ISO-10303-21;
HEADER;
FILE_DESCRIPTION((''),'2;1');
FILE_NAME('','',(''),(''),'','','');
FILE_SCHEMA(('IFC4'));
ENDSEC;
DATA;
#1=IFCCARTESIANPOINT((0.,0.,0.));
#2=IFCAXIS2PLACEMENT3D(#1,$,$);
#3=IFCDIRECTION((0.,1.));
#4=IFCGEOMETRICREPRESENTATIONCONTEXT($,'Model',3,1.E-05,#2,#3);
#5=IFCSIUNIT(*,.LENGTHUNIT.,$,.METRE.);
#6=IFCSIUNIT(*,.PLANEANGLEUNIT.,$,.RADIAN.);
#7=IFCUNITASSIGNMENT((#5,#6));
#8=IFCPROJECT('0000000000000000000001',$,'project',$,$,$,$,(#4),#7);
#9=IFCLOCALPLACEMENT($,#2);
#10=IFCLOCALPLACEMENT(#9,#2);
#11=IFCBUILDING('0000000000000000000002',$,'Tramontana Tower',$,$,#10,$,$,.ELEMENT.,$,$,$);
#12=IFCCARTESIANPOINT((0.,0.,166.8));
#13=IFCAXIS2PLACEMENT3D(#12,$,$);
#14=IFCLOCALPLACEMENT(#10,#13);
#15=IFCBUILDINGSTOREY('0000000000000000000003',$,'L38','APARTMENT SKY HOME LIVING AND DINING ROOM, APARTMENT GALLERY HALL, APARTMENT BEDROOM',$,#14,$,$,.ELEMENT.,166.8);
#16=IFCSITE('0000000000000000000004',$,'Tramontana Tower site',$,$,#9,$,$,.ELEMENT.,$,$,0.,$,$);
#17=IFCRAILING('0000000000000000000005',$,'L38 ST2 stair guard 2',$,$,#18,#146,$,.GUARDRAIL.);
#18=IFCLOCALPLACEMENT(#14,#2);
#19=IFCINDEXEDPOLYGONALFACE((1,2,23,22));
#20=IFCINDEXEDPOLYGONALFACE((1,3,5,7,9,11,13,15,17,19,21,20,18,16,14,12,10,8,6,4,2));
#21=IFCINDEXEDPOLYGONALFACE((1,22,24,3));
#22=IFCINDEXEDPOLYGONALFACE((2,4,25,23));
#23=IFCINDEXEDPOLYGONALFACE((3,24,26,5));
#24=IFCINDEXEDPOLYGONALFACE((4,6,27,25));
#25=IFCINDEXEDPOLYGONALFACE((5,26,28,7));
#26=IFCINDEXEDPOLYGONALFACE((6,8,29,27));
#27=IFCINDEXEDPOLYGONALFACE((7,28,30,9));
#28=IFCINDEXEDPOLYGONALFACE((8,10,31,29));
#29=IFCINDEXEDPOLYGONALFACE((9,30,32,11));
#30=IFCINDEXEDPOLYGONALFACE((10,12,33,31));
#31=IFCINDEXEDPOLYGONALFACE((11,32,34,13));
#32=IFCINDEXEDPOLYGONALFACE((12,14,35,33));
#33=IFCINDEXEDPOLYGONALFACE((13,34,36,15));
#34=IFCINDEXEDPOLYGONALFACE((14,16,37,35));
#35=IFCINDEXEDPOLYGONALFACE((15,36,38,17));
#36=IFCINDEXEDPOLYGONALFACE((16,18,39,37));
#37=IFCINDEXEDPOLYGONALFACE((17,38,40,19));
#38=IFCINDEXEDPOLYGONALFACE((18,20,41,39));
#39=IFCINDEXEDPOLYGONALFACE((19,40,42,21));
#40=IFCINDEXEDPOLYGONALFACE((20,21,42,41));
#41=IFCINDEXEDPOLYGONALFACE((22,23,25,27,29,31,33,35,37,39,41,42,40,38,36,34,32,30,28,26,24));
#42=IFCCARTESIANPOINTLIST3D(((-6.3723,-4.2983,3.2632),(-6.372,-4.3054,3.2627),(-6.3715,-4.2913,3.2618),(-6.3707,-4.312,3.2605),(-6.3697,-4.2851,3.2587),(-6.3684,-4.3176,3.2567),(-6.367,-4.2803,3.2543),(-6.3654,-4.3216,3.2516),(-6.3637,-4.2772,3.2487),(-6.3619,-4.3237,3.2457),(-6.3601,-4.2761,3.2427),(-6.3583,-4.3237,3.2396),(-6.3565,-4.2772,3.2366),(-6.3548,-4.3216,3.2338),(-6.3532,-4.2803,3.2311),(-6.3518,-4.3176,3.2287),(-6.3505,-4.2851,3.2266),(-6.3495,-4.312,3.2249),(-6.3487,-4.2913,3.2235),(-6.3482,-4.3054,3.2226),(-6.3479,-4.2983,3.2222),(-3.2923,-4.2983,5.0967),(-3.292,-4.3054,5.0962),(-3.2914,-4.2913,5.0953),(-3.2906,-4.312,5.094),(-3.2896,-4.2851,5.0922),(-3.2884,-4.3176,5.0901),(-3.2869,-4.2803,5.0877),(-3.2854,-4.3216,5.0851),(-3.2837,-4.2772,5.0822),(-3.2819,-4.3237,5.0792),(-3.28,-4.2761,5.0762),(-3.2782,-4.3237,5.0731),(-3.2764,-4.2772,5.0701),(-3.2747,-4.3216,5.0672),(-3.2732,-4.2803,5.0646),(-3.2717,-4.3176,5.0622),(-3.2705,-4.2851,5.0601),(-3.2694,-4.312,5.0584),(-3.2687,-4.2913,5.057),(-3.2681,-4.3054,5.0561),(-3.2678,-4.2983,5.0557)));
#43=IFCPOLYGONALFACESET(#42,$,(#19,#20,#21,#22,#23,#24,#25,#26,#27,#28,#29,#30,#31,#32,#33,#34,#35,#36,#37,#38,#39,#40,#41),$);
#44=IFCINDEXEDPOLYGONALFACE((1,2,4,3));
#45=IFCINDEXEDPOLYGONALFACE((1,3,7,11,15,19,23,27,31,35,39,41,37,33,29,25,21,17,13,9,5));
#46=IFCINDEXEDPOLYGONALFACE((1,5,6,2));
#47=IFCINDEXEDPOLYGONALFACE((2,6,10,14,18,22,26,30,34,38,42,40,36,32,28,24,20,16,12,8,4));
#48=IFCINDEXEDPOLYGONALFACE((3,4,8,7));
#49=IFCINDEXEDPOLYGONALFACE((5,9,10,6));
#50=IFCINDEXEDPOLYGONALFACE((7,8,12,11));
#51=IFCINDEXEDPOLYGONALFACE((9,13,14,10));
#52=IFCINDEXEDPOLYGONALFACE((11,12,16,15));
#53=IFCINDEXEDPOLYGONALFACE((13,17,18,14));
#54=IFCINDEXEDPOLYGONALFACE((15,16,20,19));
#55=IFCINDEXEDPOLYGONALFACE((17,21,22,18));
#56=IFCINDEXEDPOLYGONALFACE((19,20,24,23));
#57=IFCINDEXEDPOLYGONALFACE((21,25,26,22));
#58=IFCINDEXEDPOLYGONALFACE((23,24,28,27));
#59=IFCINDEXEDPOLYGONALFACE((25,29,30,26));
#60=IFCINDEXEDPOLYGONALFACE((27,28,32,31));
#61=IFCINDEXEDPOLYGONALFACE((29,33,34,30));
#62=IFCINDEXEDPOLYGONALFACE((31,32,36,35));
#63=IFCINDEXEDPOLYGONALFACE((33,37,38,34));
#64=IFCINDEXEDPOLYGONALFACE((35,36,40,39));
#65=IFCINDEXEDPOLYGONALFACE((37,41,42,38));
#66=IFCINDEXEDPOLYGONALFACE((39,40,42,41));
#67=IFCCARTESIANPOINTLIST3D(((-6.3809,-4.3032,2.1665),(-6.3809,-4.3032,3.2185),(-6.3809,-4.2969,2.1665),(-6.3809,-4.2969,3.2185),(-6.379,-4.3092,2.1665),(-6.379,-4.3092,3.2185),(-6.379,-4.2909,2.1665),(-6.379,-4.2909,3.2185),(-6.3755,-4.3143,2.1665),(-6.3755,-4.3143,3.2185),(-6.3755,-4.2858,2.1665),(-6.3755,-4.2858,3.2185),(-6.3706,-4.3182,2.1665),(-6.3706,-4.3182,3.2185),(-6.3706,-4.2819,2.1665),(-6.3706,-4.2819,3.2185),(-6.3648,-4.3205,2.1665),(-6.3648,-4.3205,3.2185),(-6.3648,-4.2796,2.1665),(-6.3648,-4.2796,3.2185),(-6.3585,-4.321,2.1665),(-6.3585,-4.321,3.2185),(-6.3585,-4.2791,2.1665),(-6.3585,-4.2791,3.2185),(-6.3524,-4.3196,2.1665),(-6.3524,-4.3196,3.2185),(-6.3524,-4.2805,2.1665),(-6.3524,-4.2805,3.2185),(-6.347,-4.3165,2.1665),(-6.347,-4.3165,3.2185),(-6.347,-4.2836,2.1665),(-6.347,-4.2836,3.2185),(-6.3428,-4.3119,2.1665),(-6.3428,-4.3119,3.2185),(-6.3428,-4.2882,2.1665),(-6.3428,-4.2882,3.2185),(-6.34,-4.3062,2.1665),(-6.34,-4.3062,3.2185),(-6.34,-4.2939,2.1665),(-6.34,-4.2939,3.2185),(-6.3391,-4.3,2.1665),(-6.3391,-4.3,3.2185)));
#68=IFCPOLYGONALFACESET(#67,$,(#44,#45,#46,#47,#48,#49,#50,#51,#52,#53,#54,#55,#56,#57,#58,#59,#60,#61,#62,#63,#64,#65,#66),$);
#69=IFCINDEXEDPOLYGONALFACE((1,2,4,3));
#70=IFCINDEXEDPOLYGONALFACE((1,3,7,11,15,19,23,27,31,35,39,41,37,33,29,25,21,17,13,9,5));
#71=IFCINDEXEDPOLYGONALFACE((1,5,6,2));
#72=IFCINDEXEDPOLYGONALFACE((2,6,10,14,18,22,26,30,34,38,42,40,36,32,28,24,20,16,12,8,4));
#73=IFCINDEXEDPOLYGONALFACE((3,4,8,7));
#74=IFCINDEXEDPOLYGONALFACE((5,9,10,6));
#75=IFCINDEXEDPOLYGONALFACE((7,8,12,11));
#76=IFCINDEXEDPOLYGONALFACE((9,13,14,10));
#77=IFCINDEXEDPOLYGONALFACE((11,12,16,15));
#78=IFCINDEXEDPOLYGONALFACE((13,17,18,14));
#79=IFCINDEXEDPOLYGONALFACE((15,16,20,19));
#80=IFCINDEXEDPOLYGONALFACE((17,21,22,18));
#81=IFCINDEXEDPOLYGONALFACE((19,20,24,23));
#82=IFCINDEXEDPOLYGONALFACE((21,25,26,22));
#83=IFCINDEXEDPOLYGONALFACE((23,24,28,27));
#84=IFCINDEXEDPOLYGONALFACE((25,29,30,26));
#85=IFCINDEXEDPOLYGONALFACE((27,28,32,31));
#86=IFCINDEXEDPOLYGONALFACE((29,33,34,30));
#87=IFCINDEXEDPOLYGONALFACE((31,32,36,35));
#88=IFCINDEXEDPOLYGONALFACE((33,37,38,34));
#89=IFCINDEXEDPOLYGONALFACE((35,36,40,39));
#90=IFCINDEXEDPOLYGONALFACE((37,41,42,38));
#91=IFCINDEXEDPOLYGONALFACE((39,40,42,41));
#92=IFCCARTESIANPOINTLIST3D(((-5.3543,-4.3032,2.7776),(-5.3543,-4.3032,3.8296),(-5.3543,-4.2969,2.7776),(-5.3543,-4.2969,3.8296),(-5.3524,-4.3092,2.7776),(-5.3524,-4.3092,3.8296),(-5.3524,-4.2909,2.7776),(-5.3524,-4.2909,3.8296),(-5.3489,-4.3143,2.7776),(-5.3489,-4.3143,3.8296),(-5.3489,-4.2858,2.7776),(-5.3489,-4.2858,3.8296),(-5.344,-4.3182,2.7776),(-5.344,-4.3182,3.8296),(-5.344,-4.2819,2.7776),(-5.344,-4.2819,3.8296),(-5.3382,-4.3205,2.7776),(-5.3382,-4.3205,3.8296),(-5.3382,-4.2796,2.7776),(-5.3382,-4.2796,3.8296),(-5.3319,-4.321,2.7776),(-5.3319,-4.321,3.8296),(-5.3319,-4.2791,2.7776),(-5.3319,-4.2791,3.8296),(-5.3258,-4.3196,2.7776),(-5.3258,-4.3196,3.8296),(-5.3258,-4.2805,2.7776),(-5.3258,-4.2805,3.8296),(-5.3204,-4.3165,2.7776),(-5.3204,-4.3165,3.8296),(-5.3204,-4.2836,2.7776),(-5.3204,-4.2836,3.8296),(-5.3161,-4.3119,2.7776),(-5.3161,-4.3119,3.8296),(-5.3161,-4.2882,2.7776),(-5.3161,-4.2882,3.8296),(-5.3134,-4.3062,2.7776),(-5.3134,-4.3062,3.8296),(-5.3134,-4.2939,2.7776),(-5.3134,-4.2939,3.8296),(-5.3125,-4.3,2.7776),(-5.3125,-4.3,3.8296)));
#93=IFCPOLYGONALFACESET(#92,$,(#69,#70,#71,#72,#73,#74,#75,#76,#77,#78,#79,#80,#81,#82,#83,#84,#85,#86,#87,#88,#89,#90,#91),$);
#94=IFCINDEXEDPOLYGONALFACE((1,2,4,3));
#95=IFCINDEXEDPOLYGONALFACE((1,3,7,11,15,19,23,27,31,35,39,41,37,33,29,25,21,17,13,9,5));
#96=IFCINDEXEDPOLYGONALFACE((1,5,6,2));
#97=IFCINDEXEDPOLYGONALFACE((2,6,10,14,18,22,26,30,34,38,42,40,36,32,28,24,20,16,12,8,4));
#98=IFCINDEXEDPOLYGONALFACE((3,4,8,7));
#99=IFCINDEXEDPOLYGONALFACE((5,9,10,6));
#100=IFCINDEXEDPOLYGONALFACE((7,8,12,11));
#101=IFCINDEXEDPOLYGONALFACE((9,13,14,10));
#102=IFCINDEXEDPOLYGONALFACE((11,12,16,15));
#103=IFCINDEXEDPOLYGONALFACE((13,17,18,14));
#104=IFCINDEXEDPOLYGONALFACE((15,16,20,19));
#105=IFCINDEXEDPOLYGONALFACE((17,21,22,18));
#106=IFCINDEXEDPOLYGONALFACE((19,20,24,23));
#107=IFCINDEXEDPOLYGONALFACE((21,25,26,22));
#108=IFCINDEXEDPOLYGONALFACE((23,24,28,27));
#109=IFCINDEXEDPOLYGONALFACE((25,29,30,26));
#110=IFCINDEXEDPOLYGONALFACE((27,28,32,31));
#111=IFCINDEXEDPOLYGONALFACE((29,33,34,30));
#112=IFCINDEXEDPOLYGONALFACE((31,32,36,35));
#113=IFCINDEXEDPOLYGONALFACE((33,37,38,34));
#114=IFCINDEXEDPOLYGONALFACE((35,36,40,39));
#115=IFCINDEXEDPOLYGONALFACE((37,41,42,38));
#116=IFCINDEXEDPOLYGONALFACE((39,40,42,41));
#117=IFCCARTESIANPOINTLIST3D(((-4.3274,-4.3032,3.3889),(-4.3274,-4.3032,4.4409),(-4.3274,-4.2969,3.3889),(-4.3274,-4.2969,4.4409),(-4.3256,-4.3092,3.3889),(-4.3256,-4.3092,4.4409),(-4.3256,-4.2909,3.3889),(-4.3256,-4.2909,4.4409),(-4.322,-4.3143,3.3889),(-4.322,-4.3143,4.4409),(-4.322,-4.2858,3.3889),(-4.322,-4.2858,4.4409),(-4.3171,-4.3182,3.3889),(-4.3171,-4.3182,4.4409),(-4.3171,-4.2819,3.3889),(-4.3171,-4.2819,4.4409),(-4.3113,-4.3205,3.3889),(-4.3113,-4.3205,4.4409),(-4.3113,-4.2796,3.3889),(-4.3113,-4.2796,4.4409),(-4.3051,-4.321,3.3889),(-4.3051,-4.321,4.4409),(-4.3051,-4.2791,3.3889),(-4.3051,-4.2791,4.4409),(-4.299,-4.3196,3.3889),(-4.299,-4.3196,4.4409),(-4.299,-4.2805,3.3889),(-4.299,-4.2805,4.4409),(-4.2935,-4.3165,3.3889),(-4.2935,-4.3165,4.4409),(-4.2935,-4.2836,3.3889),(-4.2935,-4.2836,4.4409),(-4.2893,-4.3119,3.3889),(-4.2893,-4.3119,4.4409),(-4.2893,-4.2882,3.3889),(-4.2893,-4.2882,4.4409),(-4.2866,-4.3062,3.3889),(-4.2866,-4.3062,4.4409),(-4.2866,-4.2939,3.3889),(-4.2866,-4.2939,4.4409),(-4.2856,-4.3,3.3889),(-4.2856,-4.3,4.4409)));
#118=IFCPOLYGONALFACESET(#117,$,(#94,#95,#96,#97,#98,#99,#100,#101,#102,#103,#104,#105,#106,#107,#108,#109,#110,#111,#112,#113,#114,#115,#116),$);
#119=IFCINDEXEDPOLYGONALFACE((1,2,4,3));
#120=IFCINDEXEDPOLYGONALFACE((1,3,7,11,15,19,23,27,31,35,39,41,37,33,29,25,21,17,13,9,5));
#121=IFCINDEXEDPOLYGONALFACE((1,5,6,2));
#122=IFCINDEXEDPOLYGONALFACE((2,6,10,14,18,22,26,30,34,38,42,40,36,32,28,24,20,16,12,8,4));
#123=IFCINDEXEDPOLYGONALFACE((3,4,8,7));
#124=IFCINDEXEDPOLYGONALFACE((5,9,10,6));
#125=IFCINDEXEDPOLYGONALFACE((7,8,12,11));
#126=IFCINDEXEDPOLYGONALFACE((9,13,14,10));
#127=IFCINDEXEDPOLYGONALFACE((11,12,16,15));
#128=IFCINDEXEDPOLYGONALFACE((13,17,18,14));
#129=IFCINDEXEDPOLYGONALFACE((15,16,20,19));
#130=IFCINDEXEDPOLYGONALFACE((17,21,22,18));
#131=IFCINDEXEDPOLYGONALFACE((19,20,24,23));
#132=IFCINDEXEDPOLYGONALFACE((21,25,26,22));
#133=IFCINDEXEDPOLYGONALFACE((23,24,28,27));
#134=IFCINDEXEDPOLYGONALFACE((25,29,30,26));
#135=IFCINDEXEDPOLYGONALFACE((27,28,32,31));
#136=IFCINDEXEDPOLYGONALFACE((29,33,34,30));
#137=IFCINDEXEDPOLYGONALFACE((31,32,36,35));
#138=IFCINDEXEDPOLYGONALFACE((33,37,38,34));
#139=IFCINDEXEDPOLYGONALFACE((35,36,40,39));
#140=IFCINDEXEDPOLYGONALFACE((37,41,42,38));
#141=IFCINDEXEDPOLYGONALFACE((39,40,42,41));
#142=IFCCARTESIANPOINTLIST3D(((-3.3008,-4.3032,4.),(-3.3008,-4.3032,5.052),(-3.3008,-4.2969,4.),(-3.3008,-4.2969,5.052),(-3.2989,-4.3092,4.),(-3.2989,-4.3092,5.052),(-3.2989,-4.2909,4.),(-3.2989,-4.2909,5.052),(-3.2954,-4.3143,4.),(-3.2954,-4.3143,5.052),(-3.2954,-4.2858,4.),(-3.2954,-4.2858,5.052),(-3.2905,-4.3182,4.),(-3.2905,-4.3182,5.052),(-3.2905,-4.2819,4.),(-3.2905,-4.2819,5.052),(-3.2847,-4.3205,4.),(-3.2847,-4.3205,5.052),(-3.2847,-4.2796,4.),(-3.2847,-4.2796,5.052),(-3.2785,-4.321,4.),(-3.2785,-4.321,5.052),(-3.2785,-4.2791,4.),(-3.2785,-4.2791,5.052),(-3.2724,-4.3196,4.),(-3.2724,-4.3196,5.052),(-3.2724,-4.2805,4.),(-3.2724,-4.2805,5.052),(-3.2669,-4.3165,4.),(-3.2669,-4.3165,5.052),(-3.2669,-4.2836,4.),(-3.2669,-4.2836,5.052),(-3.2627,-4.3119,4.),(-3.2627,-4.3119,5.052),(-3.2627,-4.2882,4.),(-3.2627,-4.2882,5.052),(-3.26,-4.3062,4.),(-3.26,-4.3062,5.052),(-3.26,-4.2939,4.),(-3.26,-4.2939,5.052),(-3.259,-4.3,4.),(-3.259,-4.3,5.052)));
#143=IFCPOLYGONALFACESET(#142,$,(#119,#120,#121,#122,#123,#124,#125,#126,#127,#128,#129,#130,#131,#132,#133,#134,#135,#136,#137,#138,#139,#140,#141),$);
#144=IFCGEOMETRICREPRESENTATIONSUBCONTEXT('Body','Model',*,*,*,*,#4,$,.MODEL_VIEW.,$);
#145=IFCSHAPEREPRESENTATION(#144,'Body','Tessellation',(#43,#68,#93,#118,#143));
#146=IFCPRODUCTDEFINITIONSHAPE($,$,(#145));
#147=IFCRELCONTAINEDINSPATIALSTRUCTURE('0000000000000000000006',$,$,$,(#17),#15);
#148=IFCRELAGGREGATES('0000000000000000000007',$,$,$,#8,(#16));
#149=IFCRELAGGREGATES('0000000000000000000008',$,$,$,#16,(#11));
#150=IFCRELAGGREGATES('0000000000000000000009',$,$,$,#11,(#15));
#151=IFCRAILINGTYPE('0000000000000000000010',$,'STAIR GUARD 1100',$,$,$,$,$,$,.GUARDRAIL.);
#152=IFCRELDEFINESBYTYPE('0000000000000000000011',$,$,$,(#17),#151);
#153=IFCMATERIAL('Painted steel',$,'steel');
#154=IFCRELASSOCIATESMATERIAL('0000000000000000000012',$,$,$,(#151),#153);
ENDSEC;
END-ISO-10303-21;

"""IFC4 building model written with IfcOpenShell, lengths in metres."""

from ifc_helpers import new_model, si_unit, direction, frame, origin, origin_2d, place, context, subcontext, project, spatial, circle, extrude, material, type_object, element, save


model = new_model("IFC4")

# Units and contexts
model_context = context("Model", 3, precision=1e-05, world=origin(), true_north=direction((0.0, 1.0)))
body_context = subcontext(model_context, "Body", "Model", "MODEL_VIEW")
ifc_project = project(units=[si_unit("LENGTHUNIT", "METRE"), si_unit("PLANEANGLEUNIT", "RADIAN")], contexts=[model_context])

# Site, building, storey
site_placement = place(None, origin())
site = spatial("IfcSite", under=ifc_project, at=site_placement, Name="Tramontana Tower site", CompositionType="ELEMENT", RefElevation=0.0)
building_placement = place(site_placement, origin())
building = spatial("IfcBuilding", under=site, at=building_placement, Name="Tramontana Tower", CompositionType="ELEMENT")
storey_placement = place(building_placement, frame((0.0, 0.0, 166.8)))
storey = spatial("IfcBuildingStorey", under=building, at=storey_placement, Name="L38", Description="APARTMENT SKY HOME LIVING AND DINING ROOM, APARTMENT GALLERY HALL, APARTMENT BEDROOM", CompositionType="ELEMENT", Elevation=166.8)

# Railing
ifc_material_1 = material(Name="Painted steel", Category="steel")
railing_type_1 = type_object("IfcRailingType", Name="STAIR GUARD 1100", PredefinedType="GUARDRAIL", material=ifc_material_1)
railing_1_placement = place(storey_placement, frame((-6.3601, -4.3, 2.1665)))
element("IfcRailing", 1, at=railing_1_placement, inside=storey, type_object=railing_type_1, Name="L38 ST2 stair guard 2", PredefinedType="GUARDRAIL", context=body_context, shape_type="SweptSolid", body=[
    extrude(circle(Radius=0.0239, at=origin_2d()), frame((0.0, 0.0, 1.0762), z_axis=(0.859279, 0.0, 0.511508), x_axis=(0.0, 1.0, 0.0)), (0.0, 0.0, 1.0), 3.5845),
    extrude(circle(Radius=0.021, at=origin_2d()), origin(), (0.0, 0.0, 1.0), 1.052),
    extrude(circle(Radius=0.021, at=origin_2d()), frame((1.0266, 0.0, 0.6111)), (0.0, 0.0, 1.0), 1.052),
    extrude(circle(Radius=0.021, at=origin_2d()), frame((2.0535, 0.0, 1.2224)), (0.0, 0.0, 1.0), 1.052),
    extrude(circle(Radius=0.021, at=origin_2d()), frame((3.0801, 0.0, 1.8335)), (0.0, 0.0, 1.0), 1.052),
])

save(model, "model.ifc")
